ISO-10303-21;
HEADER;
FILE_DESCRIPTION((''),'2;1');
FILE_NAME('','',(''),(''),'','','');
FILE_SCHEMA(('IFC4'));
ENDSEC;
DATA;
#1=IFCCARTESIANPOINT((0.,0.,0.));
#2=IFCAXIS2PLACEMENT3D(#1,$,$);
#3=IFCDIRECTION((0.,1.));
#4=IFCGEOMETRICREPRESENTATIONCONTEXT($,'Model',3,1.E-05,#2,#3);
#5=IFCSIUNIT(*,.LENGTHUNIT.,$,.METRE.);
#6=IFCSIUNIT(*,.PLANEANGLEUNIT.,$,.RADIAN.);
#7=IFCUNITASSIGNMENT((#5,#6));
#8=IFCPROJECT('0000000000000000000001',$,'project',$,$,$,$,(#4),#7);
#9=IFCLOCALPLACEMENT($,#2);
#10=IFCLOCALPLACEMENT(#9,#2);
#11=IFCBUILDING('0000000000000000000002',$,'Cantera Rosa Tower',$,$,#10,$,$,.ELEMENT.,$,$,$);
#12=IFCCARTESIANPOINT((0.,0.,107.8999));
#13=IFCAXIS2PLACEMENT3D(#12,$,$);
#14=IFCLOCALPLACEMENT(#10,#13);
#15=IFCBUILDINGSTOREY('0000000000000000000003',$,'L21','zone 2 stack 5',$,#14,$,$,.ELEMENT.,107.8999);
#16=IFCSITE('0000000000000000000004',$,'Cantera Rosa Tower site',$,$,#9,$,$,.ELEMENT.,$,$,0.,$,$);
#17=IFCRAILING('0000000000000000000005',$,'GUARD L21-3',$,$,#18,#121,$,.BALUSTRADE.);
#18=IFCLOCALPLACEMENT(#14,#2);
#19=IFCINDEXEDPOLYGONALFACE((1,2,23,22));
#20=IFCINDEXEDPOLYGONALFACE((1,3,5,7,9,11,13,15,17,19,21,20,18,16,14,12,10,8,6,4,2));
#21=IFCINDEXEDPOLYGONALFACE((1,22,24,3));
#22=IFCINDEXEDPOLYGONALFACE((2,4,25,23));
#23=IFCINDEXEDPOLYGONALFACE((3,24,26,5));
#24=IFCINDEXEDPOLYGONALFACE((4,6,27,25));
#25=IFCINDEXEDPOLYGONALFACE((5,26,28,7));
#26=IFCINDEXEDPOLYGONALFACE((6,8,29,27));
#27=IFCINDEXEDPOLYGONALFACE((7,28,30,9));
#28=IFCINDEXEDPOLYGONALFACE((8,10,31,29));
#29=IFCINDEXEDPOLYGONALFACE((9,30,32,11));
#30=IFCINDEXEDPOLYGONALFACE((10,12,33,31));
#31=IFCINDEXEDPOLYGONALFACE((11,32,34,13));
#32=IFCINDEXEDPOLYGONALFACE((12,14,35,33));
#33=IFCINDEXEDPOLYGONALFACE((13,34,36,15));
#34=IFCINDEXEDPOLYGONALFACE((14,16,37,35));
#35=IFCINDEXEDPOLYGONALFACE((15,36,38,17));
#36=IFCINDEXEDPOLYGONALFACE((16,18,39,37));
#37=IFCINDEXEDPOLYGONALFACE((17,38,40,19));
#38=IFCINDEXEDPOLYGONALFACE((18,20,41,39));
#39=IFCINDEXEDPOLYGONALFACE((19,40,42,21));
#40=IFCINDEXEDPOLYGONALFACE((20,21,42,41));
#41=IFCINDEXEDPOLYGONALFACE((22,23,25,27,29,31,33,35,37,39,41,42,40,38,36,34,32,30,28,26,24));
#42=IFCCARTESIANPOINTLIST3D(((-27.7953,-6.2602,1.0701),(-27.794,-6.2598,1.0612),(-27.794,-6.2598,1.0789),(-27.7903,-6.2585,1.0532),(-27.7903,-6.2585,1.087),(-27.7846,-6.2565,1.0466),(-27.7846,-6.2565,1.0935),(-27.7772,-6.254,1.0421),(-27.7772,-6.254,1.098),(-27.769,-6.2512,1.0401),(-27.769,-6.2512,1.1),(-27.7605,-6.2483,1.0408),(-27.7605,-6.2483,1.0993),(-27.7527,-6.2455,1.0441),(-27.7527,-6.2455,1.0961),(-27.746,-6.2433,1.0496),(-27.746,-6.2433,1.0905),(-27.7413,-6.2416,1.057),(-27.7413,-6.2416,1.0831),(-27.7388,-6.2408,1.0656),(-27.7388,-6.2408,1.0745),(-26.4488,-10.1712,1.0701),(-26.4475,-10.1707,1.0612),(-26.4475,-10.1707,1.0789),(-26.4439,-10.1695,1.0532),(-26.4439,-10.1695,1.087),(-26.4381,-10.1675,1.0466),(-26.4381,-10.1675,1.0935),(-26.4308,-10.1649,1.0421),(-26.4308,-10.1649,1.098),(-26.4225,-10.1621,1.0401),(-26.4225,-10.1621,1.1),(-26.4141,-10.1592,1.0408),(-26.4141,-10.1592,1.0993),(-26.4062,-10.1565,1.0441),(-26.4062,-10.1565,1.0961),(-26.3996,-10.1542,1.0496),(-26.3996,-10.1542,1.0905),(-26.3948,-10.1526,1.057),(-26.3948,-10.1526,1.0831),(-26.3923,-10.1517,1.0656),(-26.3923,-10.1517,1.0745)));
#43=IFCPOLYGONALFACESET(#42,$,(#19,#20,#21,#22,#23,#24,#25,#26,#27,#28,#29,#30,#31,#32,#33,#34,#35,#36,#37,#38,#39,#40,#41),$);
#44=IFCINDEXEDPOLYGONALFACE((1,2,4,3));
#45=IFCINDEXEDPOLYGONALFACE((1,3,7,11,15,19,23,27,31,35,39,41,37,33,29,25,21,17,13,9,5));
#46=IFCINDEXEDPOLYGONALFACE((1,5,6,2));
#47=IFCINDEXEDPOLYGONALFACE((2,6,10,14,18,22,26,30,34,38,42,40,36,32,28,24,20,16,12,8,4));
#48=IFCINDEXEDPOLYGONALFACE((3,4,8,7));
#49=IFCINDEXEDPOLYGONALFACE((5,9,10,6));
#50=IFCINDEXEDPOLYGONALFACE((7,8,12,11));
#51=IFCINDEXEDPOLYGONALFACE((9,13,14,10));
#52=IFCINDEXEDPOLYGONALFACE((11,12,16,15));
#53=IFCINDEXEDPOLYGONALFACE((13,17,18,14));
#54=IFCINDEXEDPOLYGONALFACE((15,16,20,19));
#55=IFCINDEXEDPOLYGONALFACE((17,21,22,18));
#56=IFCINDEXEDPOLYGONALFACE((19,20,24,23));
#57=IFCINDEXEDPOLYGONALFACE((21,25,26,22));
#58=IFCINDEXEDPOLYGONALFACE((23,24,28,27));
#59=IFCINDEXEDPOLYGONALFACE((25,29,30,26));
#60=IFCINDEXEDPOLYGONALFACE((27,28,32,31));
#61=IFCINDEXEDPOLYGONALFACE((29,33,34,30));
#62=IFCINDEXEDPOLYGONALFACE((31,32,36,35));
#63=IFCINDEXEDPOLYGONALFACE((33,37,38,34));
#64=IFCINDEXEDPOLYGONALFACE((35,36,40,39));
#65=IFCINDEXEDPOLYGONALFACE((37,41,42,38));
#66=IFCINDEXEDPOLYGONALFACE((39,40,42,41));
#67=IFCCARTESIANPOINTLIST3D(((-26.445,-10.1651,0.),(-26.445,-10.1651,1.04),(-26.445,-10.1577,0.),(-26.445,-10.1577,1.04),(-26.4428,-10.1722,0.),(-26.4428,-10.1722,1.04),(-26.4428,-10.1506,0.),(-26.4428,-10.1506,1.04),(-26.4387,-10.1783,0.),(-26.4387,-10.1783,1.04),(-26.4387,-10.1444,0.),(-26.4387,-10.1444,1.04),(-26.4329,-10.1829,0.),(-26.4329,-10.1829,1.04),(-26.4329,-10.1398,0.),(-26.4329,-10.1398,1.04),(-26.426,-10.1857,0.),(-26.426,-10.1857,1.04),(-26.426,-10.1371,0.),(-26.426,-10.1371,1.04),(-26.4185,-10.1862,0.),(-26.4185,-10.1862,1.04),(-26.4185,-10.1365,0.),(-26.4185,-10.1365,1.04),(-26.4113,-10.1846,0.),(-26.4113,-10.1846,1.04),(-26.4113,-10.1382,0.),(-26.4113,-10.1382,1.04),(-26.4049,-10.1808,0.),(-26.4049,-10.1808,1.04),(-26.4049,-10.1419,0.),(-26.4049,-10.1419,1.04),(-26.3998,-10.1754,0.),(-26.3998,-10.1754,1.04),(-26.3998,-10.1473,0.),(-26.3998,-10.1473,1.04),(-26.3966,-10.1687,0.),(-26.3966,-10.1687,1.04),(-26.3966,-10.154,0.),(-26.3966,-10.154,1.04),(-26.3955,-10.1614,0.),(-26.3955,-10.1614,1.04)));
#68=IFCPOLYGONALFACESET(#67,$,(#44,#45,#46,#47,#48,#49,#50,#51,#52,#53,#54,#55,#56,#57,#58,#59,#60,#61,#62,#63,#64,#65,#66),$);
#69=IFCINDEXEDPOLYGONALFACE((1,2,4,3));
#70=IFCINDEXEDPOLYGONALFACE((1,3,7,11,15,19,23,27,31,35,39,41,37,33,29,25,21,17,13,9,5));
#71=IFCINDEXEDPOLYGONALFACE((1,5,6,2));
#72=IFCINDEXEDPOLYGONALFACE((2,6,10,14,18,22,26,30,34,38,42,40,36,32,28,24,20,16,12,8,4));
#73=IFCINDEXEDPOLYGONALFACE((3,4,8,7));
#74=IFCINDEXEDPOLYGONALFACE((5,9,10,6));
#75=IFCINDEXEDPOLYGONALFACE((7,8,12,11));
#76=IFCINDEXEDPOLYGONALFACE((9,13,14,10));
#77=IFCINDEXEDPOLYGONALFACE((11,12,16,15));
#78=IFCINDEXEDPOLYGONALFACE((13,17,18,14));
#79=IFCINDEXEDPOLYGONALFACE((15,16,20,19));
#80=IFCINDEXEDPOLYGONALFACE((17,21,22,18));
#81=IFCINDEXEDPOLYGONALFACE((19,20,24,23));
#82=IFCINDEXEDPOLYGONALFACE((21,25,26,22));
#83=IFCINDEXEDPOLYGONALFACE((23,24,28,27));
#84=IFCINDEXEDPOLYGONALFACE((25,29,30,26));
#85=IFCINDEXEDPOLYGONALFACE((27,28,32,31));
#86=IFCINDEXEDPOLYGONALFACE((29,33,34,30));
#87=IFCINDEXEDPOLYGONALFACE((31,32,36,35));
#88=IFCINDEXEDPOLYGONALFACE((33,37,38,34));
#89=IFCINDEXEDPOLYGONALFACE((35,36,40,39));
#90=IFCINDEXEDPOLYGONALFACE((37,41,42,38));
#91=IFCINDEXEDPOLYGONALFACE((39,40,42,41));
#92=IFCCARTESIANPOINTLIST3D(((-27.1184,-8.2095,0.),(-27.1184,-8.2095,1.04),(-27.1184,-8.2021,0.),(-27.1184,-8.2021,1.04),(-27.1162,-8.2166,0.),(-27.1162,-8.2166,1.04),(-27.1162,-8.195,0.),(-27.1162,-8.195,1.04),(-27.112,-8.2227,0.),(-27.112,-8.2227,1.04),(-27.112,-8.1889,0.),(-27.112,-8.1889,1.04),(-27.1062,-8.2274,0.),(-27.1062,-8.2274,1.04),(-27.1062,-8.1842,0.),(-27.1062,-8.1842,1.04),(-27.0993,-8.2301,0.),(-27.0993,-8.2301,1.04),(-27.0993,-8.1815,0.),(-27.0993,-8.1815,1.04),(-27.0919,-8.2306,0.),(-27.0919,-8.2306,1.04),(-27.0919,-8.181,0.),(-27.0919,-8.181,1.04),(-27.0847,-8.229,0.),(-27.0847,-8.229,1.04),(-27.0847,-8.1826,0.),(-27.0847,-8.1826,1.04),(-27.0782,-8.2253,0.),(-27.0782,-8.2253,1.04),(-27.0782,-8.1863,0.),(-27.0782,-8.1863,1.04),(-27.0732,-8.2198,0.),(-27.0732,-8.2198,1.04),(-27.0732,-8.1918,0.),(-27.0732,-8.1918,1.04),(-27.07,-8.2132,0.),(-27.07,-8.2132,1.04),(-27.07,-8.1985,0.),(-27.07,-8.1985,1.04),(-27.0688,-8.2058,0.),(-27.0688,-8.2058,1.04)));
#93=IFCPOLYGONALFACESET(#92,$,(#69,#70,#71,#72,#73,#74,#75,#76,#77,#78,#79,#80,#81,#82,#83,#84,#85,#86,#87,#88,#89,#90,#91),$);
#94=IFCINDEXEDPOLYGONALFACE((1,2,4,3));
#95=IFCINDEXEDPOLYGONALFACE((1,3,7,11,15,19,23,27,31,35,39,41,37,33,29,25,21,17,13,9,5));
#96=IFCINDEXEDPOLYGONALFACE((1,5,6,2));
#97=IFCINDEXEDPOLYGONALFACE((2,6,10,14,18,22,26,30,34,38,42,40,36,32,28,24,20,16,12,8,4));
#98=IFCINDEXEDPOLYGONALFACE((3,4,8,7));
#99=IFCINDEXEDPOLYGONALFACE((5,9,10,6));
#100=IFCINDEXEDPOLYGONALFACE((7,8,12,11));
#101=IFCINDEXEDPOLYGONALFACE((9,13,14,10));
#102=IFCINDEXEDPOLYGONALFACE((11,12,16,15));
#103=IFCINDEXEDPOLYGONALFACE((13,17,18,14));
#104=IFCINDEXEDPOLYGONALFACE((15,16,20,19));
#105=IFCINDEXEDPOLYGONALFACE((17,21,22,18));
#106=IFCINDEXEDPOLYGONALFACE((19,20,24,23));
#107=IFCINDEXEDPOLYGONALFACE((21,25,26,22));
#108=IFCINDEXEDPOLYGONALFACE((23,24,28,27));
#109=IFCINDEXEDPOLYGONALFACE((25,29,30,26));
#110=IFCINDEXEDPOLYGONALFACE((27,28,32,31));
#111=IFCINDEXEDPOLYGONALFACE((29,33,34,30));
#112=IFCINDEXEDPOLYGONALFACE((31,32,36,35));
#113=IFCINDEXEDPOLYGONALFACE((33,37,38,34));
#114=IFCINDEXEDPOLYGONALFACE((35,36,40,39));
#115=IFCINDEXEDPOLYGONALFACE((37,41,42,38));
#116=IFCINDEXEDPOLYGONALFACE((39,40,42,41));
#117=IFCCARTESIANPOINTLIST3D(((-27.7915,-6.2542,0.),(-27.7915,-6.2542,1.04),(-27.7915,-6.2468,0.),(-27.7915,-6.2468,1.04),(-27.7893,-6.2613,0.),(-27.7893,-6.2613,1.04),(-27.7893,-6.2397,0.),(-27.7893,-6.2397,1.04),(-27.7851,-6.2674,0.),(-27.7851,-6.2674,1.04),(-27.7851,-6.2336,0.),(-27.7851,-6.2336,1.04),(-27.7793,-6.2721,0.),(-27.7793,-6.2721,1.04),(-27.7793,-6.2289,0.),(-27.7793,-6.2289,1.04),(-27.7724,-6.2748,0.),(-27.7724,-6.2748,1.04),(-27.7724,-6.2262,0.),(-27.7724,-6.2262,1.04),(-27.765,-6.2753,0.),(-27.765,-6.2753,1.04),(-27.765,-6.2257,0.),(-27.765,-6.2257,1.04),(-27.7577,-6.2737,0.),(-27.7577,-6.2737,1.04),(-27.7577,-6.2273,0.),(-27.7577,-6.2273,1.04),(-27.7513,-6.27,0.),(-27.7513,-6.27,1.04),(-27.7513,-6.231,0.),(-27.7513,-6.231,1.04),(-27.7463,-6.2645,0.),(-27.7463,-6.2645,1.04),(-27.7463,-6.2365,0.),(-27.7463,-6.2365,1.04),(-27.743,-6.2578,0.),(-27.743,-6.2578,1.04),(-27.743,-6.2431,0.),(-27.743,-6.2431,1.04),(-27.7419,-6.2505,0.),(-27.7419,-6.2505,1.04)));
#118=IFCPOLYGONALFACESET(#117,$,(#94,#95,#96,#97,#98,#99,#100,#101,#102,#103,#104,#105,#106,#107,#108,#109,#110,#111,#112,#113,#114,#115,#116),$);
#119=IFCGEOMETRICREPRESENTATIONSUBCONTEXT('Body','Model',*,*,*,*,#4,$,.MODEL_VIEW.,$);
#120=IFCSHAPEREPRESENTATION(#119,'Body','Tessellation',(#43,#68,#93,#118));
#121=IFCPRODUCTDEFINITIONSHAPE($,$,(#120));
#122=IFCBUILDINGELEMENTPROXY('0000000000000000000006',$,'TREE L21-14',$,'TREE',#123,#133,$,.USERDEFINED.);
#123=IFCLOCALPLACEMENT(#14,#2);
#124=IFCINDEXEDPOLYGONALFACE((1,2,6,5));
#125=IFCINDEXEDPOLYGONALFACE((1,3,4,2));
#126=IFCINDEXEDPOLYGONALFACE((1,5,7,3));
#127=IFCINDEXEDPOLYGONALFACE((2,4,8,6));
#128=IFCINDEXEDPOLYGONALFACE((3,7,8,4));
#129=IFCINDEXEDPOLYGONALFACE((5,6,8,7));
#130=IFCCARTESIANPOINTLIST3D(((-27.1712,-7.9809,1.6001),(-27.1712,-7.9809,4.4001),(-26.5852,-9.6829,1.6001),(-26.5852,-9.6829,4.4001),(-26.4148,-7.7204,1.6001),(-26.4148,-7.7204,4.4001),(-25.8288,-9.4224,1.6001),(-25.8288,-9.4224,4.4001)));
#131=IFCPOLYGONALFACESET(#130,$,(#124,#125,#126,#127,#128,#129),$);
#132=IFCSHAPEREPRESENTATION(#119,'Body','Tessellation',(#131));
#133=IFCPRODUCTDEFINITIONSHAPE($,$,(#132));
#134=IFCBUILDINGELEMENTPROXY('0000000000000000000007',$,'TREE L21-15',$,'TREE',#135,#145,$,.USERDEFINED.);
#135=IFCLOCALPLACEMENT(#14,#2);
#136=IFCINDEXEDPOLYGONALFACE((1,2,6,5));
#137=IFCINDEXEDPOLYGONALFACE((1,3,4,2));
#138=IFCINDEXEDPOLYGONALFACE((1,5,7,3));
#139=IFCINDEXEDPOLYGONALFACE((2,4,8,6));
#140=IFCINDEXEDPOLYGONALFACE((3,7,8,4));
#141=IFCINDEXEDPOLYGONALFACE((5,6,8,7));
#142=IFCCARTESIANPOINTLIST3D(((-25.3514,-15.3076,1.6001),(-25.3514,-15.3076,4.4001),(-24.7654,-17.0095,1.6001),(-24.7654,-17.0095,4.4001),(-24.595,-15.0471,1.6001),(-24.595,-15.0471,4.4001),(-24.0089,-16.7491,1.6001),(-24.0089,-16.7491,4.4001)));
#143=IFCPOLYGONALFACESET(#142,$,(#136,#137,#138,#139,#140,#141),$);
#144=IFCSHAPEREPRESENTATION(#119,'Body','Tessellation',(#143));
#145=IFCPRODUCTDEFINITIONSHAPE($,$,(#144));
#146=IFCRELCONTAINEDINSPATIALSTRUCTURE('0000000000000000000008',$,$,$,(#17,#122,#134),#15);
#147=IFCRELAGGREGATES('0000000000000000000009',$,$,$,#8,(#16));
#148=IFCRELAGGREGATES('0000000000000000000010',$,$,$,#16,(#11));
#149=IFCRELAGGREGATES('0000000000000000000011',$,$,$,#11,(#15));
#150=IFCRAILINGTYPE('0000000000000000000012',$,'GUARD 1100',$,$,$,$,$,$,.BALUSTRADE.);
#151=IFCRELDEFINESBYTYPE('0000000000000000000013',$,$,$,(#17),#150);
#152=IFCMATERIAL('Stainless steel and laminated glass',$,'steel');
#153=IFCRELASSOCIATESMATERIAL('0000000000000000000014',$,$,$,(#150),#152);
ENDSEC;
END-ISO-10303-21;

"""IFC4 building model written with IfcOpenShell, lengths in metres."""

from ifc_helpers import new_model, si_unit, direction, frame, origin, origin_2d, place, context, subcontext, project, spatial, rectangle, circle, extrude, material, type_object, element, save


model = new_model("IFC4")

# Units and contexts
model_context = context("Model", 3, precision=1e-05, world=origin(), true_north=direction((0.0, 1.0)))
body_context = subcontext(model_context, "Body", "Model", "MODEL_VIEW")
ifc_project = project(units=[si_unit("LENGTHUNIT", "METRE"), si_unit("PLANEANGLEUNIT", "RADIAN")], contexts=[model_context])

# Site, building, storey
site_placement = place(None, origin())
site = spatial("IfcSite", under=ifc_project, at=site_placement, Name="Cantera Rosa Tower site", CompositionType="ELEMENT", RefElevation=0.0)
building_placement = place(site_placement, origin())
building = spatial("IfcBuilding", under=site, at=building_placement, Name="Cantera Rosa Tower", CompositionType="ELEMENT")
storey_placement = place(building_placement, frame((0.0, 0.0, 107.8999)))
storey = spatial("IfcBuildingStorey", under=building, at=storey_placement, Name="L21", Description="zone 2 stack 5", CompositionType="ELEMENT", Elevation=107.8999)

# Railing
ifc_material_1 = material(Name="Stainless steel and laminated glass", Category="steel")
railing_type = type_object("IfcRailingType", Name="GUARD 1100", PredefinedType="BALUSTRADE", material=ifc_material_1)
railing_1_placement = place(storey_placement, frame((-26.4204, -10.1614, 0.0)))
element("IfcRailing", 1, at=railing_1_placement, inside=storey, type_object=railing_type, Name="GUARD L21-3", PredefinedType="BALUSTRADE", context=body_context, shape_type="SweptSolid", body=[
    extrude(circle(Radius=0.03, at=origin_2d()), frame((0.0, 0.0, 1.0701), z_axis=(-0.325527, 0.945533, 0.0), x_axis=(-0.945533, -0.325527, 0.0)), (0.0, 0.0, 1.0), 4.1362),
    extrude(circle(Radius=0.0249, at=origin_2d()), origin(), (0.0, 0.0, 1.0), 1.04),
    extrude(circle(Radius=0.0249, at=origin_2d()), frame((-0.6733, 1.9556, 0.0)), (0.0, 0.0, 1.0), 1.04),
    extrude(circle(Radius=0.0249, at=origin_2d()), frame((-1.3464, 3.9109, 0.0)), (0.0, 0.0, 1.0), 1.04),
])

# Building element proxies
for number, where, z_axis, x_axis, name in (
    (2, (-26.5, -8.7017, 1.6001), (0.0, 0.0, 1.0), (0.325568, -0.945519, 0.0), "TREE L21-14"),
    (3, (-24.6802, -16.0283, 1.6001), (0.0, 0.0, 1.0), (0.325568, -0.945519, 0.0), "TREE L21-15"),
):
    element("IfcBuildingElementProxy", number, at=place(storey_placement, frame(where, z_axis=z_axis, x_axis=x_axis)), inside=storey, Name=name, ObjectType="TREE", PredefinedType="USERDEFINED", context=body_context, shape_type="SweptSolid", body=[
        extrude(rectangle(XDim=1.8, YDim=0.8, at=origin_2d()), origin(), (0.0, 0.0, 1.0), 2.8),
    ])

save(model, "model.ifc")
